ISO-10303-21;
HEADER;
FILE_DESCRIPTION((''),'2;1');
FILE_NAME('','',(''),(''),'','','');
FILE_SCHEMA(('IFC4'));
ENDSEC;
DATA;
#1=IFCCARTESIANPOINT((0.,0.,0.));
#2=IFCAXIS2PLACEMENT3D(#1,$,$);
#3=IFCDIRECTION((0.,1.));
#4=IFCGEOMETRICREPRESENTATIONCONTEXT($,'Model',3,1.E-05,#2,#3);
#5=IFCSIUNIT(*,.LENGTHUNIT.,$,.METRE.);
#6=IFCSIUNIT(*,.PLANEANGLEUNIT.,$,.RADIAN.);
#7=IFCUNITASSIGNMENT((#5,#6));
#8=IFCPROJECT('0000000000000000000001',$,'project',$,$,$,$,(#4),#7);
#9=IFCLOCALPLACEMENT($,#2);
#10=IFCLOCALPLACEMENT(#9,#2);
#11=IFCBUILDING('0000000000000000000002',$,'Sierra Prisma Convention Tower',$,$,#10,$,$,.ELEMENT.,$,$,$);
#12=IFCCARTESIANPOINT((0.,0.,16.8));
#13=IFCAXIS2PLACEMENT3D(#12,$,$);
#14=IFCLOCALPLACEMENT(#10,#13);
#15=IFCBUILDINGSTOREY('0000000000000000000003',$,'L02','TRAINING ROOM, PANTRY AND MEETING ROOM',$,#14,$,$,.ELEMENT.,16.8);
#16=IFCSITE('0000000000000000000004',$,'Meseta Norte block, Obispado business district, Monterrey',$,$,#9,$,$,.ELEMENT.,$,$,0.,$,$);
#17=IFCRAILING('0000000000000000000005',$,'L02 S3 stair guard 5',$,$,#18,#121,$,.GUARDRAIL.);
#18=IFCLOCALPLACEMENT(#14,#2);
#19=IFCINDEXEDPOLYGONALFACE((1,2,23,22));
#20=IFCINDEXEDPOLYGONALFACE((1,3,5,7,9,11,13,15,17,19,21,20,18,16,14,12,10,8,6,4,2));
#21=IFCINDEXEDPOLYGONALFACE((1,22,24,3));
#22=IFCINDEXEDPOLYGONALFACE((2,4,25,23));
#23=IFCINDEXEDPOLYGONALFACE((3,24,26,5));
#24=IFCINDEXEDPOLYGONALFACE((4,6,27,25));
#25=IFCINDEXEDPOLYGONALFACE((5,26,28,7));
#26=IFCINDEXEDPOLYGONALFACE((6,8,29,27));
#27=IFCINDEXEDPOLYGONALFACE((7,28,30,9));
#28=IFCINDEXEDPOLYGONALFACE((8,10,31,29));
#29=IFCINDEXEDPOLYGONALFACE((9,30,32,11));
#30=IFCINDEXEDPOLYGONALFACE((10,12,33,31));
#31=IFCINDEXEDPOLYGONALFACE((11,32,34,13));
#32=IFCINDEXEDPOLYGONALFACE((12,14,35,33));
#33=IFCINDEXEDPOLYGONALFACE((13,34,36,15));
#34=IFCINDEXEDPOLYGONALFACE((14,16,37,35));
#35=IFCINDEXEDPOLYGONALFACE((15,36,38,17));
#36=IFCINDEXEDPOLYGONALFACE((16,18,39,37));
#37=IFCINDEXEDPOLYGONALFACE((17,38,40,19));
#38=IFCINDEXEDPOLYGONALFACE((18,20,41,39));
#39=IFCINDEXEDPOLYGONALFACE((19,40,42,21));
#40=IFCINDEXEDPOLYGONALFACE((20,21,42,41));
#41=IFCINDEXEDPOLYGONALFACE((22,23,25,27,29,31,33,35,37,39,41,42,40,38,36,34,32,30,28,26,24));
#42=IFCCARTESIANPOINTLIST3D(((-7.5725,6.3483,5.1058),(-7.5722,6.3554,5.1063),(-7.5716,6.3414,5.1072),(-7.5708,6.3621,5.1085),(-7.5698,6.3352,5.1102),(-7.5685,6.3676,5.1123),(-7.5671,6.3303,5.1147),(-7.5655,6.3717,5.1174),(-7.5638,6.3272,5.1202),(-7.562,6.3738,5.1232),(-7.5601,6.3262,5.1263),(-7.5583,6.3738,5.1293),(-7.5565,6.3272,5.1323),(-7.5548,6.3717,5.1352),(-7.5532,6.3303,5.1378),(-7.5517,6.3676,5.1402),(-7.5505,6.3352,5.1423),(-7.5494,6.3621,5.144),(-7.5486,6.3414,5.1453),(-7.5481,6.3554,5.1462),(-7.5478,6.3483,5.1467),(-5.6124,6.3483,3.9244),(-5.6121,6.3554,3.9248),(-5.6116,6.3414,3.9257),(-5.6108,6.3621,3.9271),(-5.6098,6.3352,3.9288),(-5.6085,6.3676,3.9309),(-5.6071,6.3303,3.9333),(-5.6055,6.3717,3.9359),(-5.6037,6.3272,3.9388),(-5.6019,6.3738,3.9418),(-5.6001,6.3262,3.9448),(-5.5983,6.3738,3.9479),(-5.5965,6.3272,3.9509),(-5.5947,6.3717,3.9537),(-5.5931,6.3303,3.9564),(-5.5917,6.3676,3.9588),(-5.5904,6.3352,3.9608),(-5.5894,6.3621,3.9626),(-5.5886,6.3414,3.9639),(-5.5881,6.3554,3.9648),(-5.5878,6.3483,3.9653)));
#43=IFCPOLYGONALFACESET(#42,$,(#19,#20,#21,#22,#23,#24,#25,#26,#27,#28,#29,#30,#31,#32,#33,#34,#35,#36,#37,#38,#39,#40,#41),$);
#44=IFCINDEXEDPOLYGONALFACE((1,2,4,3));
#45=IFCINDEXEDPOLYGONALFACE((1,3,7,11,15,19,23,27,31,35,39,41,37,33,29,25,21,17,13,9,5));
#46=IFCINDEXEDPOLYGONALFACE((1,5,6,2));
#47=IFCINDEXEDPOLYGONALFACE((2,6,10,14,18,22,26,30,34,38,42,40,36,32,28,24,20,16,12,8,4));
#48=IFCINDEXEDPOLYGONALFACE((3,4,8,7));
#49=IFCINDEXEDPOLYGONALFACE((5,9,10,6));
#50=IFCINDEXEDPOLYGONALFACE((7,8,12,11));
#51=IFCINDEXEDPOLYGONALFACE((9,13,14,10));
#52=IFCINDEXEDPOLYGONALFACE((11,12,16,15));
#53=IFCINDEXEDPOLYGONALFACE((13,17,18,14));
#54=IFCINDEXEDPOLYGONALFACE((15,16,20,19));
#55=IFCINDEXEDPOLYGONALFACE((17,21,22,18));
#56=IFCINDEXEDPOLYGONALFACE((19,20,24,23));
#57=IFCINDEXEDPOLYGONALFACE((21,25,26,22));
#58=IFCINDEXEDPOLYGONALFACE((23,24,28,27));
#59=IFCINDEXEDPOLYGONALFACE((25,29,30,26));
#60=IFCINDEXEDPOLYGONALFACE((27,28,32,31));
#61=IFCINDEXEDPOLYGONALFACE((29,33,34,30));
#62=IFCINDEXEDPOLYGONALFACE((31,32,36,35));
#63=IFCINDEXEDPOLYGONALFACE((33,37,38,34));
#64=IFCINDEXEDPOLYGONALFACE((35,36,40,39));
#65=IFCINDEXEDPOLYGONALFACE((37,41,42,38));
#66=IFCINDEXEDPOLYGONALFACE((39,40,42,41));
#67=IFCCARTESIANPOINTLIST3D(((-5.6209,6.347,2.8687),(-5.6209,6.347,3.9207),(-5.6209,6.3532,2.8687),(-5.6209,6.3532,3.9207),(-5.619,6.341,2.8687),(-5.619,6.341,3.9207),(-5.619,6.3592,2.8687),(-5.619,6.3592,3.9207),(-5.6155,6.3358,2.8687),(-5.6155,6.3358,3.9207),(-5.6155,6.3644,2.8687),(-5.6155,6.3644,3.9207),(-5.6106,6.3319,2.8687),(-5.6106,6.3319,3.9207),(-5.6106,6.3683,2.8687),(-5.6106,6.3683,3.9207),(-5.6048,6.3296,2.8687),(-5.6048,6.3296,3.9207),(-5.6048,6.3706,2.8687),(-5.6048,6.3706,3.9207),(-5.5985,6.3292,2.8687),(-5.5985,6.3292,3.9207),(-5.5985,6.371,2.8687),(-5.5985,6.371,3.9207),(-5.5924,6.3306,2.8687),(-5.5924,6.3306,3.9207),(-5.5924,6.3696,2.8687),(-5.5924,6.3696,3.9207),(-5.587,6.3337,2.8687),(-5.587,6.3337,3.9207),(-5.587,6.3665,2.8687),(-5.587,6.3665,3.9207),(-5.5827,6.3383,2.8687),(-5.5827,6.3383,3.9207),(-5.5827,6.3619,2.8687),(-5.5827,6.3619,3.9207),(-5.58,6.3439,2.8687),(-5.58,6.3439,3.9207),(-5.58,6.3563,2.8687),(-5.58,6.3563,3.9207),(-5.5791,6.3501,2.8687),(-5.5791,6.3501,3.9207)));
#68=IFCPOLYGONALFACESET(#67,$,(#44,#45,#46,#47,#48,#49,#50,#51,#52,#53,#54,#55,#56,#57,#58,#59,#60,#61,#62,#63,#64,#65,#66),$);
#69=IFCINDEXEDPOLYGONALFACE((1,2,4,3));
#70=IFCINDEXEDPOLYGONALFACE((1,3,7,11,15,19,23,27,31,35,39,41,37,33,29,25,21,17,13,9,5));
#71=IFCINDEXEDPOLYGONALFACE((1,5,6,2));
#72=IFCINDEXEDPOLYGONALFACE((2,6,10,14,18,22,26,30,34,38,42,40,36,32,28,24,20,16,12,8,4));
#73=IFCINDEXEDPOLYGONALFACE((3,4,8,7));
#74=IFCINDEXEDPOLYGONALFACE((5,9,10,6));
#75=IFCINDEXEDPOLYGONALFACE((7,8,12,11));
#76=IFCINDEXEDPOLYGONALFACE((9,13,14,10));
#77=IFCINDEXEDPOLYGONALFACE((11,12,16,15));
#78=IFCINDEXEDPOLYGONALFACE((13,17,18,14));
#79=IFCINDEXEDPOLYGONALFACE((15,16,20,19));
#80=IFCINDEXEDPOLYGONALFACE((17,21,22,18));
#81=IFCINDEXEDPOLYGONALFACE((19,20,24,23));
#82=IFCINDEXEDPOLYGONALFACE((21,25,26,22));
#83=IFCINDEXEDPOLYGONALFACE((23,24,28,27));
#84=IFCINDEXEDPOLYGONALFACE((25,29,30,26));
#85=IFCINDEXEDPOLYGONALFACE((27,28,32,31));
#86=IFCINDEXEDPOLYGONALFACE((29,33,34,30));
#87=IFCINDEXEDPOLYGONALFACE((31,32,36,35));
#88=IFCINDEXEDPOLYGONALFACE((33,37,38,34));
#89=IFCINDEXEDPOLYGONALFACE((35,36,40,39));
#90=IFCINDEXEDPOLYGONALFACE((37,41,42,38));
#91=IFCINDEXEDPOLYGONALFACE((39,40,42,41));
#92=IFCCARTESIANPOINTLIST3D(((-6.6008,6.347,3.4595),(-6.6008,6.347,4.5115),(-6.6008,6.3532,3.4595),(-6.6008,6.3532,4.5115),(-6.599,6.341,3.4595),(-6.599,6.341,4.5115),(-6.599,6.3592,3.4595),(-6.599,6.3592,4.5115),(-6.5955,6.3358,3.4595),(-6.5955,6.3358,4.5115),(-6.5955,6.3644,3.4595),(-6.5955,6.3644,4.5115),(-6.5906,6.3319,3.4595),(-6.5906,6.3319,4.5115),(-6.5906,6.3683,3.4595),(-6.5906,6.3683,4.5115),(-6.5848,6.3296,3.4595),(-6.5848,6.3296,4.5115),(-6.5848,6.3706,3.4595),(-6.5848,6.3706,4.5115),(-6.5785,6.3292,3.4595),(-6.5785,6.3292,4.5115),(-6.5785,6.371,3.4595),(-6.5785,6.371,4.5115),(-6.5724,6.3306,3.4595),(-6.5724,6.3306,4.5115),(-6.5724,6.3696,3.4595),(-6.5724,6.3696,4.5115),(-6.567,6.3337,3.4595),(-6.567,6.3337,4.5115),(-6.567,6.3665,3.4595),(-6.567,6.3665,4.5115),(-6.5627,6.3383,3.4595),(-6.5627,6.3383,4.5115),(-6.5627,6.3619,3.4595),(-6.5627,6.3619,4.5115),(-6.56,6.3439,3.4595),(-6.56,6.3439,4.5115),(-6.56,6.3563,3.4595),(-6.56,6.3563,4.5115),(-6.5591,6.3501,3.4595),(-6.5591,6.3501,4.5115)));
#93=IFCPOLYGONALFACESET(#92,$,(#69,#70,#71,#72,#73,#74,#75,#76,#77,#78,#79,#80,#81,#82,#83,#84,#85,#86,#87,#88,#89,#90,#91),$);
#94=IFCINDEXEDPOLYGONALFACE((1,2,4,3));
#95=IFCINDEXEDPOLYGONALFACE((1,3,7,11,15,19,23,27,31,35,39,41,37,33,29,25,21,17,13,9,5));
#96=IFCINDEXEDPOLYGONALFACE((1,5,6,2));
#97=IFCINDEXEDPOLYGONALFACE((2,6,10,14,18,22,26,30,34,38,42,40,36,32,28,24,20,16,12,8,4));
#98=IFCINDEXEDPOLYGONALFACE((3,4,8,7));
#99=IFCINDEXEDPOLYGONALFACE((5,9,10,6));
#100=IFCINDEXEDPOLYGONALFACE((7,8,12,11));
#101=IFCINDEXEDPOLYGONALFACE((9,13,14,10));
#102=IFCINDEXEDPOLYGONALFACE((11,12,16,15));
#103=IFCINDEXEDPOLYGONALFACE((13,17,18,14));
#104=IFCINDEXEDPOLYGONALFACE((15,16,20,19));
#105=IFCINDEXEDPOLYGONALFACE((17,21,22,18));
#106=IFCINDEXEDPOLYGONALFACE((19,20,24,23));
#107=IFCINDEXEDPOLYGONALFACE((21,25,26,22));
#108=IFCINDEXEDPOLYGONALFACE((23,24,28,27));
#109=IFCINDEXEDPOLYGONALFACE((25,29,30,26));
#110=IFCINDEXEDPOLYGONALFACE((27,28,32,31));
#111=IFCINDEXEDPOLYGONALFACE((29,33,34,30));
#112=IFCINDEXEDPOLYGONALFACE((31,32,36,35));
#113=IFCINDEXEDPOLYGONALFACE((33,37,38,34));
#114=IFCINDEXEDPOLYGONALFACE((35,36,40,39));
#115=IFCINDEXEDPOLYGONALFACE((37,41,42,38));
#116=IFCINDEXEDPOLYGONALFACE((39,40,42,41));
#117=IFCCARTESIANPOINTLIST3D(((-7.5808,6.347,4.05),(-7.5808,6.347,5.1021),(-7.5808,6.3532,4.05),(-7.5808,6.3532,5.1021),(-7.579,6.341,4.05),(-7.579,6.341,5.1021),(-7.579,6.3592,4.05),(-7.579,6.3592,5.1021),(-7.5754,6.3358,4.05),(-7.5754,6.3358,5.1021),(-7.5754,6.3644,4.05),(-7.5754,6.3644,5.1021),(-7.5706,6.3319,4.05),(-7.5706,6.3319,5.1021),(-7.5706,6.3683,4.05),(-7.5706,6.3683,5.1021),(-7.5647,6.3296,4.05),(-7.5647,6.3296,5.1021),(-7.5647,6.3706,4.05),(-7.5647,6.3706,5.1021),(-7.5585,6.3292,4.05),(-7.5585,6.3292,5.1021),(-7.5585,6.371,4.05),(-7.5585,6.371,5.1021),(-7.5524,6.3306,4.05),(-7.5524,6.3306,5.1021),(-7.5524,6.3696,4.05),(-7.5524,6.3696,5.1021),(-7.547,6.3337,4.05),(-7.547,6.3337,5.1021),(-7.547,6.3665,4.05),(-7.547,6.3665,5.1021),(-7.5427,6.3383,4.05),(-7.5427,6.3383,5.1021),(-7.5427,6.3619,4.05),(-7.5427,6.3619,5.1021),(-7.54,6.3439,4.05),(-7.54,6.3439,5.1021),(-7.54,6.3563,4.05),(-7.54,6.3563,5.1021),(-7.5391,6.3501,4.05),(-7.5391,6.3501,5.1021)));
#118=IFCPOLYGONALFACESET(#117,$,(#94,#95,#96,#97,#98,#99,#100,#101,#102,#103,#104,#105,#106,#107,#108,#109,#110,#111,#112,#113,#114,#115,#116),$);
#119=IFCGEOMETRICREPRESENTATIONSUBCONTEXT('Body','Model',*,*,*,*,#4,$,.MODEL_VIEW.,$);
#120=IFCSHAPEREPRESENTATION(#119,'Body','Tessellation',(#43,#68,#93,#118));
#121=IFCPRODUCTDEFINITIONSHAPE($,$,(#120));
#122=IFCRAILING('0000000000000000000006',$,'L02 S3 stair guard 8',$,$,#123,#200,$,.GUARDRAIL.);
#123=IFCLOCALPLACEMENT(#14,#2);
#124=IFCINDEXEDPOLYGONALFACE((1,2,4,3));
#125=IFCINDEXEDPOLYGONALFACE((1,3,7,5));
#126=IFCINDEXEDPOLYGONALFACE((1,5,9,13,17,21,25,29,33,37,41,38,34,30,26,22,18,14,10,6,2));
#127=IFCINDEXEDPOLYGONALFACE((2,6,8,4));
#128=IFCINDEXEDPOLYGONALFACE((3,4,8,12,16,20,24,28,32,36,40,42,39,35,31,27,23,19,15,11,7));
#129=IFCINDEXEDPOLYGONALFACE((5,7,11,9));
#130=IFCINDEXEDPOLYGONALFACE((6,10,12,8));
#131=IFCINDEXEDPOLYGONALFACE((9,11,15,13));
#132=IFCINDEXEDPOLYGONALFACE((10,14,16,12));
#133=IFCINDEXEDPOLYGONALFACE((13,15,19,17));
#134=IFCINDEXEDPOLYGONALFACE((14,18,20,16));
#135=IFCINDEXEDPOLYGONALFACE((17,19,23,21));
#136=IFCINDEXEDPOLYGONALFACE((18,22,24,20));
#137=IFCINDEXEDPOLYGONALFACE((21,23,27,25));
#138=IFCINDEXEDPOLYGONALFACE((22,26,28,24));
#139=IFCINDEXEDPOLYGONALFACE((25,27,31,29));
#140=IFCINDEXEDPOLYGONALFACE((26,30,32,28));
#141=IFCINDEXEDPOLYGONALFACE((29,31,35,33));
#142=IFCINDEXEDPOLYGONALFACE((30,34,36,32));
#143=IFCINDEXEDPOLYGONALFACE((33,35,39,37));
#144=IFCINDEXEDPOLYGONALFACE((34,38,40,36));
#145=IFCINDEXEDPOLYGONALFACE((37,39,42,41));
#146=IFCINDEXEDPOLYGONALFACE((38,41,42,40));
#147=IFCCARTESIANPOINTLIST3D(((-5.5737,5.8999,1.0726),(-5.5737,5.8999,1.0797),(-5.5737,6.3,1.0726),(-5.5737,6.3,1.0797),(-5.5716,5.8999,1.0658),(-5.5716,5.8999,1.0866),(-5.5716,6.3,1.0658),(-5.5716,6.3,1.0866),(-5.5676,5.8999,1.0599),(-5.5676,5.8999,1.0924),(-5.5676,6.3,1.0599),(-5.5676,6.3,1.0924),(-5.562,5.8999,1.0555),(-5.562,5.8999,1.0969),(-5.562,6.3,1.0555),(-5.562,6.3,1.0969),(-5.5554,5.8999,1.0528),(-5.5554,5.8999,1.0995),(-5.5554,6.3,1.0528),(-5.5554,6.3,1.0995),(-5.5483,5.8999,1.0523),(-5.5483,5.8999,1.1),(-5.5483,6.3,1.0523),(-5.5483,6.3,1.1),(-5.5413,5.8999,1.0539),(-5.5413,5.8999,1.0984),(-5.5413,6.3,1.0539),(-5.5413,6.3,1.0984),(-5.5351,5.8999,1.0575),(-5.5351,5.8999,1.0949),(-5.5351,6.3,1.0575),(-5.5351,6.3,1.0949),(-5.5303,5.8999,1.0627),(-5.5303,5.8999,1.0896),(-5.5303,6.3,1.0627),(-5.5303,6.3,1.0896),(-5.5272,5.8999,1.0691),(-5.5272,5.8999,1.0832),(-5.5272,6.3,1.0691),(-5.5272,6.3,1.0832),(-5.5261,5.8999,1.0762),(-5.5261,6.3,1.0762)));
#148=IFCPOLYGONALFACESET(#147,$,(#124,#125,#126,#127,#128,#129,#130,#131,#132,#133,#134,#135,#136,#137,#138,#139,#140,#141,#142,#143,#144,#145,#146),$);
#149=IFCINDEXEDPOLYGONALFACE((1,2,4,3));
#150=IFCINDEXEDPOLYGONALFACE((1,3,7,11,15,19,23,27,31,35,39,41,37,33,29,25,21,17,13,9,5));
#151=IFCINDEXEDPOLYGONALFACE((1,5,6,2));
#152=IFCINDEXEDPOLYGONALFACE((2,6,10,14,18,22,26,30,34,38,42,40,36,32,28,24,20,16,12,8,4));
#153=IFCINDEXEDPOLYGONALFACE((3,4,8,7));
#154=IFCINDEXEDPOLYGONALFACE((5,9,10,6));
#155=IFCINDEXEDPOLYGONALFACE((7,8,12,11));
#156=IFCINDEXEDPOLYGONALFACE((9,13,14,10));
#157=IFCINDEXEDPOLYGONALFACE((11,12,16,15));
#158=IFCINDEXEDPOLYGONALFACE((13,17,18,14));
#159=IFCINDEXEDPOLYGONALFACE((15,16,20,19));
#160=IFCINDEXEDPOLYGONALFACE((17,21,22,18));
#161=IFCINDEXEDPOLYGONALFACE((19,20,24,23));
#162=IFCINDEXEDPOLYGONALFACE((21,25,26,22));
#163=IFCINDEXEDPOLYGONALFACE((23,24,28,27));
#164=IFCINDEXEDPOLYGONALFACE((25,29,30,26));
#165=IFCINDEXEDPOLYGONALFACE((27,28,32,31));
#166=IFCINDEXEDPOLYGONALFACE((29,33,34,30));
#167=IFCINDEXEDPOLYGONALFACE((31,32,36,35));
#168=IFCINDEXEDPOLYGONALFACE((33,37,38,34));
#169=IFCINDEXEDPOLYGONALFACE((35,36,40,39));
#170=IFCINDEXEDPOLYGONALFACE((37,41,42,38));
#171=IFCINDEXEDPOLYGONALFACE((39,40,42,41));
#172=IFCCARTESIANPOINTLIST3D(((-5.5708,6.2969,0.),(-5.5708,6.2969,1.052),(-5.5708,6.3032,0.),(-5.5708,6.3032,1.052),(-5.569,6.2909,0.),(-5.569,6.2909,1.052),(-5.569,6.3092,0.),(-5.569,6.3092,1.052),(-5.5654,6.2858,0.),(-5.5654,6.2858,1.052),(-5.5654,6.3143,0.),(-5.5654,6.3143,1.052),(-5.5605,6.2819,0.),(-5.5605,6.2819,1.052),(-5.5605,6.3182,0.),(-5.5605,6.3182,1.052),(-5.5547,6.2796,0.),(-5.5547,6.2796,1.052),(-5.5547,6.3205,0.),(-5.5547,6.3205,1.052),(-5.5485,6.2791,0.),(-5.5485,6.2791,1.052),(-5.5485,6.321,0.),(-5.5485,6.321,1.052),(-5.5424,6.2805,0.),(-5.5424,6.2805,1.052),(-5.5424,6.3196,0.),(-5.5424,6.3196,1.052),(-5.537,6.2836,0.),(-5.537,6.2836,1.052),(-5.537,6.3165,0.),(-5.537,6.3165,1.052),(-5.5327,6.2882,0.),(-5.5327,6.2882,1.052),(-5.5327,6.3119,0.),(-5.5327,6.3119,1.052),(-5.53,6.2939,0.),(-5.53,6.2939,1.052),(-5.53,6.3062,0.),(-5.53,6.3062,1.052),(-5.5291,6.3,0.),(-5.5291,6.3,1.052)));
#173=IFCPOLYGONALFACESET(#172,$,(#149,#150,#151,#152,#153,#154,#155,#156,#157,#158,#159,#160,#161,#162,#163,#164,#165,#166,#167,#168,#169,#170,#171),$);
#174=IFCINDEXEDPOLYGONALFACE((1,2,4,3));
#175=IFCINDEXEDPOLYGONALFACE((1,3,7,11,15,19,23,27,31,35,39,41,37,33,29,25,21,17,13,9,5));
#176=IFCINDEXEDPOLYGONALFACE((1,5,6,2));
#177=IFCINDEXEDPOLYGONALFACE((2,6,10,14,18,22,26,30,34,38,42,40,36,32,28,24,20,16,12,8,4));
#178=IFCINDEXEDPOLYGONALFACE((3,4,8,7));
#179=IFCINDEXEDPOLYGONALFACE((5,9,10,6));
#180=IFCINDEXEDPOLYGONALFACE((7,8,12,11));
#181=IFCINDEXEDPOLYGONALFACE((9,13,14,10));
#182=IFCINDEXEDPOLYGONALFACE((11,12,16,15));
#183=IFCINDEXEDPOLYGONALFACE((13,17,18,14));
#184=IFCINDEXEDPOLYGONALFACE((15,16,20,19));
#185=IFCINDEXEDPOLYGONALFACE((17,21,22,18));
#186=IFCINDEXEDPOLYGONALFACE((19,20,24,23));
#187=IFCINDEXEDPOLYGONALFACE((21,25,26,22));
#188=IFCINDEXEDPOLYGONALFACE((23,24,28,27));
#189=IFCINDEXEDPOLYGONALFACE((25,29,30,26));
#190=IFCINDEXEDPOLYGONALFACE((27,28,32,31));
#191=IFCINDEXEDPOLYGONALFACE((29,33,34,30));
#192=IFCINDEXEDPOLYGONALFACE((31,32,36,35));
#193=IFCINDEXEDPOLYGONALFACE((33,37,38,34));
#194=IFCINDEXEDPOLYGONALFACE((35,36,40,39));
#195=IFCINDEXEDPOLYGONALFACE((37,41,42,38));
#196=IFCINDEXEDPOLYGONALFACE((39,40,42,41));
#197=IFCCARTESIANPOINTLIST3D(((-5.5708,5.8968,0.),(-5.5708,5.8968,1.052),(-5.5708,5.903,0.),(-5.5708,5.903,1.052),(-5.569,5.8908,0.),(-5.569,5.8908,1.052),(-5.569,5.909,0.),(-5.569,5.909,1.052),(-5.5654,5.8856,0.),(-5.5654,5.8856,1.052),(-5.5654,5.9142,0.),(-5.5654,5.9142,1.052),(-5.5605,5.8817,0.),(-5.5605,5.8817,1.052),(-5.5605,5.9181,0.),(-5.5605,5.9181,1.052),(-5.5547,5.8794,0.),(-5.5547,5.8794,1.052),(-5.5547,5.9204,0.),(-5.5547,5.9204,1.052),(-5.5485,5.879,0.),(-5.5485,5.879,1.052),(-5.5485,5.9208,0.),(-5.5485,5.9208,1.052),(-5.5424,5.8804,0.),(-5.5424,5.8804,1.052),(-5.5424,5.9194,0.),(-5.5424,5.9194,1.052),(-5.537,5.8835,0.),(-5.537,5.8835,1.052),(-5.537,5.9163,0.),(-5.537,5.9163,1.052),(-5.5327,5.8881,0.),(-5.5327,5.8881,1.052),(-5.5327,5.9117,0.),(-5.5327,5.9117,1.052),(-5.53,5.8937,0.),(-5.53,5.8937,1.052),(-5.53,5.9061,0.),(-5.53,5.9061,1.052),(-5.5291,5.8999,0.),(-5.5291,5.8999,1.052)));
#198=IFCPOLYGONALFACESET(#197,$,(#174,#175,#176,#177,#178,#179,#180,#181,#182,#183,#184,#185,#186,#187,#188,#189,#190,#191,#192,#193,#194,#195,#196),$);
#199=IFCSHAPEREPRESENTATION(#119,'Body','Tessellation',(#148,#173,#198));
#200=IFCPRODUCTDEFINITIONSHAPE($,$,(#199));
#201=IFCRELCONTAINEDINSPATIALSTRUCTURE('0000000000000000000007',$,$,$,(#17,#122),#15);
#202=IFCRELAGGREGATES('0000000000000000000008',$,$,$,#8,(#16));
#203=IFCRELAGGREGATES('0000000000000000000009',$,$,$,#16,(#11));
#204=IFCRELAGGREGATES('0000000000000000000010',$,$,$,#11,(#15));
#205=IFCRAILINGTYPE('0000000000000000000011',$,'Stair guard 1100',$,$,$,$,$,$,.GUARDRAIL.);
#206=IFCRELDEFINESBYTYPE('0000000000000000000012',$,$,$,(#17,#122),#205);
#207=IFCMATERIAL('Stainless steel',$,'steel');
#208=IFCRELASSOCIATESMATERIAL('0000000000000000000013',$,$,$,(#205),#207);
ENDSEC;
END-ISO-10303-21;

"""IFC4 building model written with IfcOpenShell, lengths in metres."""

from ifc_helpers import new_model, si_unit, direction, frame, origin, origin_2d, place, context, subcontext, project, spatial, circle, extrude, material, type_object, element, save


model = new_model("IFC4")

# Units and contexts
model_context = context("Model", 3, precision=1e-05, world=origin(), true_north=direction((0.0, 1.0)))
body_context = subcontext(model_context, "Body", "Model", "MODEL_VIEW")
ifc_project = project(units=[si_unit("LENGTHUNIT", "METRE"), si_unit("PLANEANGLEUNIT", "RADIAN")], contexts=[model_context])

# Site, building, storey
site_placement = place(None, origin())
site = spatial("IfcSite", under=ifc_project, at=site_placement, Name="Meseta Norte block, Obispado business district, Monterrey", CompositionType="ELEMENT", RefElevation=0.0)
building_placement = place(site_placement, origin())
building = spatial("IfcBuilding", under=site, at=building_placement, Name="Sierra Prisma Convention Tower", CompositionType="ELEMENT")
storey_placement = place(building_placement, frame((0.0, 0.0, 16.8)))
storey = spatial("IfcBuildingStorey", under=building, at=storey_placement, Name="L02", Description="TRAINING ROOM, PANTRY AND MEETING ROOM", CompositionType="ELEMENT", Elevation=16.8)

# Railings
ifc_material_1 = material(Name="Stainless steel", Category="steel")
railing_type_1 = type_object("IfcRailingType", Name="Stair guard 1100", PredefinedType="GUARDRAIL", material=ifc_material_1)
railing_1_placement = place(storey_placement, frame((-5.6001, 6.3501, 2.8687)))
element("IfcRailing", 1, at=railing_1_placement, inside=storey, type_object=railing_type_1, Name="L02 S3 stair guard 5", PredefinedType="GUARDRAIL", context=body_context, shape_type="SweptSolid", body=[
    extrude(circle(Radius=0.0239, at=origin_2d()), frame((0.0, 0.0, 1.0762), z_axis=(-0.856446, 0.0, 0.516236), x_axis=(0.0, -1.0, 0.0)), (0.0, 0.0, 1.0), 2.2886),
    extrude(circle(Radius=0.021, at=origin_2d()), origin(), (0.0, 0.0, 1.0), 1.052),
    extrude(circle(Radius=0.021, at=origin_2d()), frame((-0.98, 0.0, 0.5908)), (0.0, 0.0, 1.0), 1.052),
    extrude(circle(Radius=0.021, at=origin_2d()), frame((-1.96, 0.0, 1.1814)), (0.0, 0.0, 1.0), 1.052),
])
railing_2_placement = place(storey_placement, frame((-5.55, 6.3, 0.0)))
element("IfcRailing", 2, at=railing_2_placement, inside=storey, type_object=railing_type_1, Name="L02 S3 stair guard 8", PredefinedType="GUARDRAIL", context=body_context, shape_type="SweptSolid", body=[
    extrude(circle(Radius=0.0239, at=origin_2d()), frame((0.0, 0.0, 1.0762), z_axis=(0.0, -1.0, 0.0), x_axis=(1.0, 0.0, 0.0)), (0.0, 0.0, 1.0), 0.4001),
    extrude(circle(Radius=0.021, at=origin_2d()), origin(), (0.0, 0.0, 1.0), 1.052),
    extrude(circle(Radius=0.021, at=origin_2d()), frame((0.0, -0.4001, 0.0)), (0.0, 0.0, 1.0), 1.052),
])

save(model, "model.ifc")
